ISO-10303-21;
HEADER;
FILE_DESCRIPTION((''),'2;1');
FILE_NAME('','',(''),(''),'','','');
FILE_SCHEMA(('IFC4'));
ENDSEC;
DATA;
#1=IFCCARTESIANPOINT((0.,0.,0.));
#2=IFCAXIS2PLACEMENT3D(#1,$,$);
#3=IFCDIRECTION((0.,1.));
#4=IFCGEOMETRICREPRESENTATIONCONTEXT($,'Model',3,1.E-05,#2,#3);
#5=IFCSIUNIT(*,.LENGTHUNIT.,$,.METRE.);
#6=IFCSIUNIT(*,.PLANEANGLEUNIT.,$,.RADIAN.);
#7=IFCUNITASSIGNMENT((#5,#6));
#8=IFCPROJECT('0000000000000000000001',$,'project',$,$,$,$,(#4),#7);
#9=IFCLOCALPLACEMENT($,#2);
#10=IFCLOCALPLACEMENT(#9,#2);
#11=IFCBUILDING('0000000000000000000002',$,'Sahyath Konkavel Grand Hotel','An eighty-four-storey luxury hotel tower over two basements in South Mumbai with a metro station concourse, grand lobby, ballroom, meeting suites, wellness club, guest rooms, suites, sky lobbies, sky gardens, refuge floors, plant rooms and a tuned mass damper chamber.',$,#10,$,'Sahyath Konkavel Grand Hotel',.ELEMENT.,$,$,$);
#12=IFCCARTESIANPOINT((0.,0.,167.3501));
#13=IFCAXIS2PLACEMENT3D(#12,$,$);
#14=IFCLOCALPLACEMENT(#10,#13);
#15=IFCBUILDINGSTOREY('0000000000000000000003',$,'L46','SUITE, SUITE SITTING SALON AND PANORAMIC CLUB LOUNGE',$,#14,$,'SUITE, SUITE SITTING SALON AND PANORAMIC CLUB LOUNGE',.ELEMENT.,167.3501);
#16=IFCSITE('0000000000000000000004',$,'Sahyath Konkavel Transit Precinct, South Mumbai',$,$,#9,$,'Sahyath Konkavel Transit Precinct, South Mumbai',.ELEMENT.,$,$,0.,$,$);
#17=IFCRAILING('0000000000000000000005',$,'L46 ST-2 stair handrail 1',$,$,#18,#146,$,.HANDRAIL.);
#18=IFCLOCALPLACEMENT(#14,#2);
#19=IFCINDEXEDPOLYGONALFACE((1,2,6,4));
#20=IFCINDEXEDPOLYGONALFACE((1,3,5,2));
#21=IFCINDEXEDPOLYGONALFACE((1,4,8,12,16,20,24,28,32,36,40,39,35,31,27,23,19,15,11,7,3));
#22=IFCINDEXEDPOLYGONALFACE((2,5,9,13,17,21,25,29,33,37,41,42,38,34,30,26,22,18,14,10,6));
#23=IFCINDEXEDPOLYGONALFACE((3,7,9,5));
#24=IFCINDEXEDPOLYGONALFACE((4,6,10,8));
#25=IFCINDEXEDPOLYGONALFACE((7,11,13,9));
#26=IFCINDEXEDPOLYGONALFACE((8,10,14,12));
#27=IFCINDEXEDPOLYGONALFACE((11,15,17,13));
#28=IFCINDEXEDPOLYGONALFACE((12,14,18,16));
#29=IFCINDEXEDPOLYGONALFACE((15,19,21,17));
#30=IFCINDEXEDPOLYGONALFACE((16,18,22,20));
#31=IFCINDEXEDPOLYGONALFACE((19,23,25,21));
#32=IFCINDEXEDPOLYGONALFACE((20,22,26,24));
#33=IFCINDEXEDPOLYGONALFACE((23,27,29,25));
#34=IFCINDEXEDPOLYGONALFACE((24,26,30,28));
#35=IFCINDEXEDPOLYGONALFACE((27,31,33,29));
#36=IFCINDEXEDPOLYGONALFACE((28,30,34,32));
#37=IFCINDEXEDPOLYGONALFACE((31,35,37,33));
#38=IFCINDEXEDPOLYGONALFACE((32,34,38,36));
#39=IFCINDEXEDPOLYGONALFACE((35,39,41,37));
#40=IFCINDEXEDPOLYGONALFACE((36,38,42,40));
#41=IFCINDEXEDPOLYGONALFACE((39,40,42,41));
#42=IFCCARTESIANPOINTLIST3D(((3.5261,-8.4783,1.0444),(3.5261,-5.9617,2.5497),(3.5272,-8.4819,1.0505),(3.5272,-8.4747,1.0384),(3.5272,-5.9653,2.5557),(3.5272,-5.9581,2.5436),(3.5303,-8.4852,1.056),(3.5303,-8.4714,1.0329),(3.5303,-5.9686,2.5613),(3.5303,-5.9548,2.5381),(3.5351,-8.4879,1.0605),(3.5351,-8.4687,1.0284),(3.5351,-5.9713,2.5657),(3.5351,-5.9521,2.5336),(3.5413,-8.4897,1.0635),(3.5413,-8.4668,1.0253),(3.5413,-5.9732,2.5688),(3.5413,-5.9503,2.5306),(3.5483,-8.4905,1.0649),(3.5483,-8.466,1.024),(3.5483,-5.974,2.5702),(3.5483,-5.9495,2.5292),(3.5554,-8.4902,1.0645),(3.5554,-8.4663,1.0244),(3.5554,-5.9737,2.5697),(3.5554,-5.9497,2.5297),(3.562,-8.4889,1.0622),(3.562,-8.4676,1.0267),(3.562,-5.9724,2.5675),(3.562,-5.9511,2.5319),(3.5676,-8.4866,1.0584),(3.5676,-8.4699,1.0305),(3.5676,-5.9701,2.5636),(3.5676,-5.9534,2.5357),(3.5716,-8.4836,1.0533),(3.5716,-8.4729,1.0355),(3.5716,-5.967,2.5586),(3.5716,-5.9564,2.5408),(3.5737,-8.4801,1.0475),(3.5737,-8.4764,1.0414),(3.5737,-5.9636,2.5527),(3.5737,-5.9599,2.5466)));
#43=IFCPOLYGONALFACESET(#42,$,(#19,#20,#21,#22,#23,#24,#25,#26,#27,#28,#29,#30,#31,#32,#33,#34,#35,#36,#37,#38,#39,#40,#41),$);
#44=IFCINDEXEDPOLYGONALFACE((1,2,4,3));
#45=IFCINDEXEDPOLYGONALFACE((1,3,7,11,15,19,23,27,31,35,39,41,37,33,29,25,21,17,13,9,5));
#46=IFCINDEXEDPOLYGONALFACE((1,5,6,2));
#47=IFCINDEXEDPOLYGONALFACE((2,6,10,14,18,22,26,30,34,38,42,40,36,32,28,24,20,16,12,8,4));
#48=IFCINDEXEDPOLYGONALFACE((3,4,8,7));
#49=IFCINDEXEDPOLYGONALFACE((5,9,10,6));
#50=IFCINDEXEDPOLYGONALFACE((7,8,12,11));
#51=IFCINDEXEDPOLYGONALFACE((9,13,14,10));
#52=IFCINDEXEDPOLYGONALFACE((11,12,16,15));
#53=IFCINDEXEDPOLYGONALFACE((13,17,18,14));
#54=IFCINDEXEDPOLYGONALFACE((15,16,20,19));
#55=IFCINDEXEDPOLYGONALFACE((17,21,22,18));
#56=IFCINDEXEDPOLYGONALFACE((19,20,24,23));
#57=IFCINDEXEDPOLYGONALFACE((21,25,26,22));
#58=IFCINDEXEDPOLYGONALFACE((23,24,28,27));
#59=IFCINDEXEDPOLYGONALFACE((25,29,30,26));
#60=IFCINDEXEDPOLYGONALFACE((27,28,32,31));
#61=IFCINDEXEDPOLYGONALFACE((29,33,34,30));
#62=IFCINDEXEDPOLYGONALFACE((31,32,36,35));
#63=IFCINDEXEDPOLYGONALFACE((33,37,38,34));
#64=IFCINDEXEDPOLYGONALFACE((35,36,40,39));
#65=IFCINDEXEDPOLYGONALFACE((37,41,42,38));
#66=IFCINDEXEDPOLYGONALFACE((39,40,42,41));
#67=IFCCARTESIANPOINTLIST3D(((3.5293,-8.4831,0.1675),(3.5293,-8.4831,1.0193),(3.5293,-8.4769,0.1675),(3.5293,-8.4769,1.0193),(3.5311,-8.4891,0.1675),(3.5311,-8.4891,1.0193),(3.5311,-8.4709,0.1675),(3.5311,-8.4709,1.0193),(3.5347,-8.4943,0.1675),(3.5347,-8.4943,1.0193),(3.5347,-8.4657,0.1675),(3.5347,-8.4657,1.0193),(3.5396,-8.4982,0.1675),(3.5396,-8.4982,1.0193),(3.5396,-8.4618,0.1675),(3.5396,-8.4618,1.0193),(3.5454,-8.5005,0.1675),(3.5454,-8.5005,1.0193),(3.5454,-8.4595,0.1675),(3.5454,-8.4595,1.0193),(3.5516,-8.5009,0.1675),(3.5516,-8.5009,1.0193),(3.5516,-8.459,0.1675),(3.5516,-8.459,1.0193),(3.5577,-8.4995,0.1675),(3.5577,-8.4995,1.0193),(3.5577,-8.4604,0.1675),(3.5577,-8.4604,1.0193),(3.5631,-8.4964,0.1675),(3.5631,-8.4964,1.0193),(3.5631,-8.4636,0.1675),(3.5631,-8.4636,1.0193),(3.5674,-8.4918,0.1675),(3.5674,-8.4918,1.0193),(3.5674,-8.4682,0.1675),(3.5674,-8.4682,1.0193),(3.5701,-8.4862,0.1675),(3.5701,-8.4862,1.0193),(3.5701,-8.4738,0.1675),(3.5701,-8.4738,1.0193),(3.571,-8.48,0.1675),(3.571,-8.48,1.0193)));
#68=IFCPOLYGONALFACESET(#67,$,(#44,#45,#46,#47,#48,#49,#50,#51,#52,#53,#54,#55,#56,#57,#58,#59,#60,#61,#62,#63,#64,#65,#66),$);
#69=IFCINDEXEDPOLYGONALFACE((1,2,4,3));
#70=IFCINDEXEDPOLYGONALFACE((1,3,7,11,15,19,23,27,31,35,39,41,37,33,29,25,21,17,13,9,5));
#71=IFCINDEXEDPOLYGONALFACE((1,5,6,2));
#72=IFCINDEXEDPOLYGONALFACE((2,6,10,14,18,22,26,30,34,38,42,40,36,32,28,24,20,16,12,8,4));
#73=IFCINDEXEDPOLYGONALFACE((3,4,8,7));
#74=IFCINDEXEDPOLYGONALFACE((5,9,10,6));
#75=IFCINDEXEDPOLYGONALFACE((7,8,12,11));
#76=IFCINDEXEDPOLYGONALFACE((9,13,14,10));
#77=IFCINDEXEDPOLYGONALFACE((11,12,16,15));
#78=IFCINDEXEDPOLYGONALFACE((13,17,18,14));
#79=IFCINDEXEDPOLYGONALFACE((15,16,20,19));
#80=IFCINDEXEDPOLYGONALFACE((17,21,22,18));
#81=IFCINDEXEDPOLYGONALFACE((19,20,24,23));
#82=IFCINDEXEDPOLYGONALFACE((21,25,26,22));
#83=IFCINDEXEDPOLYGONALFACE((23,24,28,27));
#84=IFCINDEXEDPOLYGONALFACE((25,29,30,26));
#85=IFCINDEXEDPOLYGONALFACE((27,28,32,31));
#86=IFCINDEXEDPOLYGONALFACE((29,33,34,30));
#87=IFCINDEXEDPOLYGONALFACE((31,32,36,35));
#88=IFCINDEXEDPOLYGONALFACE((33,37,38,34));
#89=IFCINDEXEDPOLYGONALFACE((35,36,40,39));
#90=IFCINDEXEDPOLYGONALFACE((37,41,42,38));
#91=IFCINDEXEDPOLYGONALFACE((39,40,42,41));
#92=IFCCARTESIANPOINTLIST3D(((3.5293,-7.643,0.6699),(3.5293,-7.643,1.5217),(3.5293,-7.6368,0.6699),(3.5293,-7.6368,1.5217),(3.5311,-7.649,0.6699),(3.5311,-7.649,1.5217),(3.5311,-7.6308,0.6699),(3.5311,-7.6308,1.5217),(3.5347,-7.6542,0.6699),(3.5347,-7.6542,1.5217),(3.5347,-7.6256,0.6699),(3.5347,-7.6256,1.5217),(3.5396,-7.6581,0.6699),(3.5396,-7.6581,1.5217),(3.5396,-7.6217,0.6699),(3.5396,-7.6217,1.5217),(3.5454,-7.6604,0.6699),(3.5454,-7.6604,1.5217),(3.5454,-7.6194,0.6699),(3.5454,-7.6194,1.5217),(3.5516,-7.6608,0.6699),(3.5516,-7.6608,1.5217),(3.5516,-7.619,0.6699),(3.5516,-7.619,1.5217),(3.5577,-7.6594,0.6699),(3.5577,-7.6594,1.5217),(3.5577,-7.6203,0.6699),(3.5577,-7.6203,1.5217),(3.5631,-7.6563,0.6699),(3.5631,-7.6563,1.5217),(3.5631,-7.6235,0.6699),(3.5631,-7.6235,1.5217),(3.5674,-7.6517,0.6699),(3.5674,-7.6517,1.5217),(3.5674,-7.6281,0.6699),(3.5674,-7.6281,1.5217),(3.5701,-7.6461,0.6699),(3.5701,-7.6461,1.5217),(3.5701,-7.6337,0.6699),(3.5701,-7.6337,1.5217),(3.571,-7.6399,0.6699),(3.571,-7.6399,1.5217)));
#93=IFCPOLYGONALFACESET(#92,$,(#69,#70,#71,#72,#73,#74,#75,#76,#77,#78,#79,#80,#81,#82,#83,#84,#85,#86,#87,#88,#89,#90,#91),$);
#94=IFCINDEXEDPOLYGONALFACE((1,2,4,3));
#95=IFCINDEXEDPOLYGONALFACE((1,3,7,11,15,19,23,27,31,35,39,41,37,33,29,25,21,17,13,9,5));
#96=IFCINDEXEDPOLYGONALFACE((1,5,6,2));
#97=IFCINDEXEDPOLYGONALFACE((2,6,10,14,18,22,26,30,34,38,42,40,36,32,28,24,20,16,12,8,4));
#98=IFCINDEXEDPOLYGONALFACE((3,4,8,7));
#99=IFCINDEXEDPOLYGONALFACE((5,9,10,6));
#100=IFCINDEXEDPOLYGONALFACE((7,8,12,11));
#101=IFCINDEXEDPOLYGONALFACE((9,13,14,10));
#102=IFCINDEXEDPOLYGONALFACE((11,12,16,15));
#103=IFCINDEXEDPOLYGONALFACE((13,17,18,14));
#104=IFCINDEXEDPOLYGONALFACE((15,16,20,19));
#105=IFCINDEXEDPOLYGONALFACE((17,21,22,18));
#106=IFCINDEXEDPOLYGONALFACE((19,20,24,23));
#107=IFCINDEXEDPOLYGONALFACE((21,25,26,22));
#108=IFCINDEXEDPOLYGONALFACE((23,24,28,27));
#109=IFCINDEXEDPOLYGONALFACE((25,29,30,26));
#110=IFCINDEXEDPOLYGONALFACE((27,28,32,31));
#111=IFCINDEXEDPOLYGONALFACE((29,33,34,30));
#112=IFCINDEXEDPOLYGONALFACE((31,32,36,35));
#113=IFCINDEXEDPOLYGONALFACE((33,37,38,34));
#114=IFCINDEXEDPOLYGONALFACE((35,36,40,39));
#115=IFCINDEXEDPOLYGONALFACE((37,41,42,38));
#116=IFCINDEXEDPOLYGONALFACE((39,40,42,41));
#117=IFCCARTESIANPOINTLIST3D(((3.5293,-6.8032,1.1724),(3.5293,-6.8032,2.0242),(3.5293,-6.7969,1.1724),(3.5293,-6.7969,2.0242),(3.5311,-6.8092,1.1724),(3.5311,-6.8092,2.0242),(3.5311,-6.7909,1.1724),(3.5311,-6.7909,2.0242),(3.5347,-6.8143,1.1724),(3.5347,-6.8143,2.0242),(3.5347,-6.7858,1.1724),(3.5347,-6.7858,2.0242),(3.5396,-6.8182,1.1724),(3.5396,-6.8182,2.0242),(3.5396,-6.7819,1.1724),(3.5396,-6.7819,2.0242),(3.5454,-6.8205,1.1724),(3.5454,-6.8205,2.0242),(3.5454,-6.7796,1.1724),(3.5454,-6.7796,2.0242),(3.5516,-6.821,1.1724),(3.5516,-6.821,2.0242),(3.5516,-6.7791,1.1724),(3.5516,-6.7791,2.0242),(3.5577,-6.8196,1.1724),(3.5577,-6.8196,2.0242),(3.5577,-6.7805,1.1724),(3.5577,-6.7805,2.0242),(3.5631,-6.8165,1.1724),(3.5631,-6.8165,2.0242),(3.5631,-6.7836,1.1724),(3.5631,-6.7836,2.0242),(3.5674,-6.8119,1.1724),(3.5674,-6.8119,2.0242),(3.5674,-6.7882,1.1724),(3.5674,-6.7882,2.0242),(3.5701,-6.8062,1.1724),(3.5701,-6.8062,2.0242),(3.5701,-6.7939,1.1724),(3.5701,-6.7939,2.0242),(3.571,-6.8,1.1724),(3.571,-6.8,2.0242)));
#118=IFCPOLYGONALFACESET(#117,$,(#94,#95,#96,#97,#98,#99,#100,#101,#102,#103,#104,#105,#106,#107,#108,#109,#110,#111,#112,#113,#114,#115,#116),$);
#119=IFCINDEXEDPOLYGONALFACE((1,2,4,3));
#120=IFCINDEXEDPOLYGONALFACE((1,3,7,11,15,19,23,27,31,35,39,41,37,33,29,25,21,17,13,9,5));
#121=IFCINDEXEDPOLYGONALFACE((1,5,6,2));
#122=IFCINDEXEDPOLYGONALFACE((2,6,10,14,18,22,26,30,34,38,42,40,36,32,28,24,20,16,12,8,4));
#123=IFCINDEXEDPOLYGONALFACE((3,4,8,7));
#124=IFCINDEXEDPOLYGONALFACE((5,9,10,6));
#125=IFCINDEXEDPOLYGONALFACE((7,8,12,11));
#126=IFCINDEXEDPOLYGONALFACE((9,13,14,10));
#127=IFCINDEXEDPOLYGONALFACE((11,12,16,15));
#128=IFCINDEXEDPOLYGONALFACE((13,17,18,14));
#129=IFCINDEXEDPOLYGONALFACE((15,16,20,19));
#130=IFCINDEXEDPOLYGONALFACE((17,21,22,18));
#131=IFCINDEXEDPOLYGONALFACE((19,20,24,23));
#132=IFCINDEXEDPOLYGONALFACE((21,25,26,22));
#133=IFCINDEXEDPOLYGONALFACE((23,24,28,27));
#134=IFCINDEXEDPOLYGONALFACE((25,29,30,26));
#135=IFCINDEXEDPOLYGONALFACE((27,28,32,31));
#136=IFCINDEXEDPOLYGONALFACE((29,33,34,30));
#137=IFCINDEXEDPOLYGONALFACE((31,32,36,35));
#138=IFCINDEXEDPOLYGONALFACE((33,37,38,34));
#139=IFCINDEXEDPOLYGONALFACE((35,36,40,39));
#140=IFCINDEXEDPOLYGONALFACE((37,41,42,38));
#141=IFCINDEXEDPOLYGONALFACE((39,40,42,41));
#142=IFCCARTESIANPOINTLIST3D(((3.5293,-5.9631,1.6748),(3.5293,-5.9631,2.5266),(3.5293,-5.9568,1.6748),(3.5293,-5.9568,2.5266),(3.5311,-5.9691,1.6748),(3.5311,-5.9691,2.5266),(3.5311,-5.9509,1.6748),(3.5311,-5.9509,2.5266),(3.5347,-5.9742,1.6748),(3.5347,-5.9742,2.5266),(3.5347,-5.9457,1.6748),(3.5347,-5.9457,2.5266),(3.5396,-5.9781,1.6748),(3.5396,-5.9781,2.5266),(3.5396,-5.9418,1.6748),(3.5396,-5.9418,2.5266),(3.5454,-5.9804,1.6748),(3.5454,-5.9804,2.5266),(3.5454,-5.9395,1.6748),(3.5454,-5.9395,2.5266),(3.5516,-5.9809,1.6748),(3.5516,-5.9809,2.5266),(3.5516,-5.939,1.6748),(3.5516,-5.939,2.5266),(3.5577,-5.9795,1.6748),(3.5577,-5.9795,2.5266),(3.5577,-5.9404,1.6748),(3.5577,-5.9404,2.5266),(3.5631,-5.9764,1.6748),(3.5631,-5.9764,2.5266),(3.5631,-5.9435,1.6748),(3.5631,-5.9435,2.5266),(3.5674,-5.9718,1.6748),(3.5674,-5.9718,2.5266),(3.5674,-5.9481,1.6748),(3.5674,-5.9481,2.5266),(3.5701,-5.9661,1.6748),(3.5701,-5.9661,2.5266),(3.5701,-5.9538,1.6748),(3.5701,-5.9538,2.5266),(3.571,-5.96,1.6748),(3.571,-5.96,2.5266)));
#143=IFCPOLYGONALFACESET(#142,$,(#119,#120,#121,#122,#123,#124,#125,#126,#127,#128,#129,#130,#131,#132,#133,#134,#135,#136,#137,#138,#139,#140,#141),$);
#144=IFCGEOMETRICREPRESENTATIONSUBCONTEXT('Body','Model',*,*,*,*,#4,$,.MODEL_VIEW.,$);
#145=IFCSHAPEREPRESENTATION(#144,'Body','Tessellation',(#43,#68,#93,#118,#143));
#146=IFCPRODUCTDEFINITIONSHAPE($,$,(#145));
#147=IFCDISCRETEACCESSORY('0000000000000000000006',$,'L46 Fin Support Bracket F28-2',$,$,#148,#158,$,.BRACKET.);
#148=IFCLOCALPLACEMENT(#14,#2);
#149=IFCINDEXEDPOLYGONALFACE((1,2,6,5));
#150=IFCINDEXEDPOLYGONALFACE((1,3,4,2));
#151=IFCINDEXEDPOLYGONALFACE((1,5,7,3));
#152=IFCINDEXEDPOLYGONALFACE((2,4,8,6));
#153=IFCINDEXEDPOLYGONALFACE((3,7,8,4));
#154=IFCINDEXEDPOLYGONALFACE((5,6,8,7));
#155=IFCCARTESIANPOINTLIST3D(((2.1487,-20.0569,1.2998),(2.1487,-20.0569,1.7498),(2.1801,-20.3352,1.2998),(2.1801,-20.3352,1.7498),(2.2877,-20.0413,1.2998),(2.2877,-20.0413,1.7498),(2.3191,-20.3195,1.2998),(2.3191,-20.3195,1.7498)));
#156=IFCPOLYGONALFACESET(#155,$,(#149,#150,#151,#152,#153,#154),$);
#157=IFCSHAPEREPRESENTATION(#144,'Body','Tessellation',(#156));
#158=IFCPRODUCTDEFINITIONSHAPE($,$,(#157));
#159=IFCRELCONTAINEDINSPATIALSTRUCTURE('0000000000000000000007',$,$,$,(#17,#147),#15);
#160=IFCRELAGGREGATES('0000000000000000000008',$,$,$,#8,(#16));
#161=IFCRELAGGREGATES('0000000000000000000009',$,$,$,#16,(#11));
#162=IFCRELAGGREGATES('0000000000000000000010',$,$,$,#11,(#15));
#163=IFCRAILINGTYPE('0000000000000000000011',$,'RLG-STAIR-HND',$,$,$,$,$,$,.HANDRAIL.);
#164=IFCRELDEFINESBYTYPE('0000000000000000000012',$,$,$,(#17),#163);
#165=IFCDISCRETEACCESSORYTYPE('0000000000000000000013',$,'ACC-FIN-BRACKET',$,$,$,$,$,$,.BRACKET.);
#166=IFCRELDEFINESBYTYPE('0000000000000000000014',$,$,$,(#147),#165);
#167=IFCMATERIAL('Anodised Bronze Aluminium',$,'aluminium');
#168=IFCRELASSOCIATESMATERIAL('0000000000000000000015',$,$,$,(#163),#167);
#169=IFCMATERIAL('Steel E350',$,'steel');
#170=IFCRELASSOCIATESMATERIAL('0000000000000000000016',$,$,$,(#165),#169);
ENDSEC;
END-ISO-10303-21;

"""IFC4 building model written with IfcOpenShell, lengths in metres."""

from ifc_helpers import new_model, si_unit, direction, frame, origin, origin_2d, place, context, subcontext, project, spatial, rectangle, circle, extrude, source, transform, mapped, material, type_object, element, save


model = new_model("IFC4")

# Units and contexts
model_context = context("Model", 3, precision=1e-05, world=origin(), true_north=direction((0.0, 1.0)))
body_context = subcontext(model_context, "Body", "Model", "MODEL_VIEW")
ifc_project = project(units=[si_unit("LENGTHUNIT", "METRE"), si_unit("PLANEANGLEUNIT", "RADIAN")], contexts=[model_context])

# Site, building, storey
site_placement = place(None, origin())
site = spatial("IfcSite", under=ifc_project, at=site_placement, Name="Sahyath Konkavel Transit Precinct, South Mumbai", LongName="Sahyath Konkavel Transit Precinct, South Mumbai", CompositionType="ELEMENT", RefElevation=0.0)
building_placement = place(site_placement, origin())
building = spatial("IfcBuilding", under=site, at=building_placement, Name="Sahyath Konkavel Grand Hotel", Description="An eighty-four-storey luxury hotel tower over two basements in South Mumbai with a metro station concourse, grand lobby, ballroom, meeting suites, wellness club, guest rooms, suites, sky lobbies, sky gardens, refuge floors, plant rooms and a tuned mass damper chamber.", LongName="Sahyath Konkavel Grand Hotel", CompositionType="ELEMENT")
storey_placement = place(building_placement, frame((0.0, 0.0, 167.3501)))
storey = spatial("IfcBuildingStorey", under=building, at=storey_placement, Name="L46", Description="SUITE, SUITE SITTING SALON AND PANORAMIC CLUB LOUNGE", LongName="SUITE, SUITE SITTING SALON AND PANORAMIC CLUB LOUNGE", CompositionType="ELEMENT", Elevation=167.3501)

# Shared definitions
ifc_material_1 = material(Name="Steel E350", Category="steel")

# Shared definitions
ifc_material_2 = material(Name="Anodised Bronze Aluminium", Category="aluminium")

# Railing
railing_type_1 = type_object("IfcRailingType", Name="RLG-STAIR-HND", PredefinedType="HANDRAIL", material=ifc_material_2)
railing_1_placement = place(storey_placement, frame((3.55, -8.48, 0.1675)))
element("IfcRailing", 1, at=railing_1_placement, inside=storey, type_object=railing_type_1, Name="L46 ST-2 stair handrail 1", PredefinedType="HANDRAIL", context=body_context, shape_type="SweptSolid", body=[
    extrude(circle(Radius=0.0239, at=origin_2d()), frame((0.0, 0.0017, 0.877), z_axis=(0.0, 0.858196, 0.513321), x_axis=(-1.0, 0.0, 0.0)), (0.0, 0.0, 1.0), 2.9324),
    extrude(circle(Radius=0.021, at=origin_2d()), origin(), (0.0, 0.0, 1.0), 0.8518),
    extrude(circle(Radius=0.021, at=origin_2d()), frame((0.0, 0.8401, 0.5024)), (0.0, 0.0, 1.0), 0.8518),
    extrude(circle(Radius=0.021, at=origin_2d()), frame((0.0, 1.6799, 1.0049)), (0.0, 0.0, 1.0), 0.8518),
    extrude(circle(Radius=0.021, at=origin_2d()), frame((0.0, 2.52, 1.5073)), (0.0, 0.0, 1.0), 0.8518),
])

# Discrete accessory
discrete_accessory_type = type_object("IfcDiscreteAccessoryType", Name="ACC-FIN-BRACKET", PredefinedType="BRACKET", material=ifc_material_1)
shared_shape_1 = source(origin(), body_context, "Body", "SweptSolid", [
    extrude(rectangle(XDim=0.28, YDim=0.1399, at=origin_2d()), origin(), (0.0, 0.0, 1.0), 0.45),
])
discrete_accessory_placement = place(storey_placement, frame((2.2339, -20.1882, 1.2998), z_axis=(0.0, 0.0, 1.0), x_axis=(0.112007, -0.993707, 0.0)))
element("IfcDiscreteAccessory", 2, at=discrete_accessory_placement, inside=storey, type_object=discrete_accessory_type, Name="L46 Fin Support Bracket F28-2", PredefinedType="BRACKET", context=body_context, shape_type="MappedRepresentation", body=[
    mapped(shared_shape_1, transform((0.0, 0.0, 0.0), scale=1.0)),
])

save(model, "model.ifc")
